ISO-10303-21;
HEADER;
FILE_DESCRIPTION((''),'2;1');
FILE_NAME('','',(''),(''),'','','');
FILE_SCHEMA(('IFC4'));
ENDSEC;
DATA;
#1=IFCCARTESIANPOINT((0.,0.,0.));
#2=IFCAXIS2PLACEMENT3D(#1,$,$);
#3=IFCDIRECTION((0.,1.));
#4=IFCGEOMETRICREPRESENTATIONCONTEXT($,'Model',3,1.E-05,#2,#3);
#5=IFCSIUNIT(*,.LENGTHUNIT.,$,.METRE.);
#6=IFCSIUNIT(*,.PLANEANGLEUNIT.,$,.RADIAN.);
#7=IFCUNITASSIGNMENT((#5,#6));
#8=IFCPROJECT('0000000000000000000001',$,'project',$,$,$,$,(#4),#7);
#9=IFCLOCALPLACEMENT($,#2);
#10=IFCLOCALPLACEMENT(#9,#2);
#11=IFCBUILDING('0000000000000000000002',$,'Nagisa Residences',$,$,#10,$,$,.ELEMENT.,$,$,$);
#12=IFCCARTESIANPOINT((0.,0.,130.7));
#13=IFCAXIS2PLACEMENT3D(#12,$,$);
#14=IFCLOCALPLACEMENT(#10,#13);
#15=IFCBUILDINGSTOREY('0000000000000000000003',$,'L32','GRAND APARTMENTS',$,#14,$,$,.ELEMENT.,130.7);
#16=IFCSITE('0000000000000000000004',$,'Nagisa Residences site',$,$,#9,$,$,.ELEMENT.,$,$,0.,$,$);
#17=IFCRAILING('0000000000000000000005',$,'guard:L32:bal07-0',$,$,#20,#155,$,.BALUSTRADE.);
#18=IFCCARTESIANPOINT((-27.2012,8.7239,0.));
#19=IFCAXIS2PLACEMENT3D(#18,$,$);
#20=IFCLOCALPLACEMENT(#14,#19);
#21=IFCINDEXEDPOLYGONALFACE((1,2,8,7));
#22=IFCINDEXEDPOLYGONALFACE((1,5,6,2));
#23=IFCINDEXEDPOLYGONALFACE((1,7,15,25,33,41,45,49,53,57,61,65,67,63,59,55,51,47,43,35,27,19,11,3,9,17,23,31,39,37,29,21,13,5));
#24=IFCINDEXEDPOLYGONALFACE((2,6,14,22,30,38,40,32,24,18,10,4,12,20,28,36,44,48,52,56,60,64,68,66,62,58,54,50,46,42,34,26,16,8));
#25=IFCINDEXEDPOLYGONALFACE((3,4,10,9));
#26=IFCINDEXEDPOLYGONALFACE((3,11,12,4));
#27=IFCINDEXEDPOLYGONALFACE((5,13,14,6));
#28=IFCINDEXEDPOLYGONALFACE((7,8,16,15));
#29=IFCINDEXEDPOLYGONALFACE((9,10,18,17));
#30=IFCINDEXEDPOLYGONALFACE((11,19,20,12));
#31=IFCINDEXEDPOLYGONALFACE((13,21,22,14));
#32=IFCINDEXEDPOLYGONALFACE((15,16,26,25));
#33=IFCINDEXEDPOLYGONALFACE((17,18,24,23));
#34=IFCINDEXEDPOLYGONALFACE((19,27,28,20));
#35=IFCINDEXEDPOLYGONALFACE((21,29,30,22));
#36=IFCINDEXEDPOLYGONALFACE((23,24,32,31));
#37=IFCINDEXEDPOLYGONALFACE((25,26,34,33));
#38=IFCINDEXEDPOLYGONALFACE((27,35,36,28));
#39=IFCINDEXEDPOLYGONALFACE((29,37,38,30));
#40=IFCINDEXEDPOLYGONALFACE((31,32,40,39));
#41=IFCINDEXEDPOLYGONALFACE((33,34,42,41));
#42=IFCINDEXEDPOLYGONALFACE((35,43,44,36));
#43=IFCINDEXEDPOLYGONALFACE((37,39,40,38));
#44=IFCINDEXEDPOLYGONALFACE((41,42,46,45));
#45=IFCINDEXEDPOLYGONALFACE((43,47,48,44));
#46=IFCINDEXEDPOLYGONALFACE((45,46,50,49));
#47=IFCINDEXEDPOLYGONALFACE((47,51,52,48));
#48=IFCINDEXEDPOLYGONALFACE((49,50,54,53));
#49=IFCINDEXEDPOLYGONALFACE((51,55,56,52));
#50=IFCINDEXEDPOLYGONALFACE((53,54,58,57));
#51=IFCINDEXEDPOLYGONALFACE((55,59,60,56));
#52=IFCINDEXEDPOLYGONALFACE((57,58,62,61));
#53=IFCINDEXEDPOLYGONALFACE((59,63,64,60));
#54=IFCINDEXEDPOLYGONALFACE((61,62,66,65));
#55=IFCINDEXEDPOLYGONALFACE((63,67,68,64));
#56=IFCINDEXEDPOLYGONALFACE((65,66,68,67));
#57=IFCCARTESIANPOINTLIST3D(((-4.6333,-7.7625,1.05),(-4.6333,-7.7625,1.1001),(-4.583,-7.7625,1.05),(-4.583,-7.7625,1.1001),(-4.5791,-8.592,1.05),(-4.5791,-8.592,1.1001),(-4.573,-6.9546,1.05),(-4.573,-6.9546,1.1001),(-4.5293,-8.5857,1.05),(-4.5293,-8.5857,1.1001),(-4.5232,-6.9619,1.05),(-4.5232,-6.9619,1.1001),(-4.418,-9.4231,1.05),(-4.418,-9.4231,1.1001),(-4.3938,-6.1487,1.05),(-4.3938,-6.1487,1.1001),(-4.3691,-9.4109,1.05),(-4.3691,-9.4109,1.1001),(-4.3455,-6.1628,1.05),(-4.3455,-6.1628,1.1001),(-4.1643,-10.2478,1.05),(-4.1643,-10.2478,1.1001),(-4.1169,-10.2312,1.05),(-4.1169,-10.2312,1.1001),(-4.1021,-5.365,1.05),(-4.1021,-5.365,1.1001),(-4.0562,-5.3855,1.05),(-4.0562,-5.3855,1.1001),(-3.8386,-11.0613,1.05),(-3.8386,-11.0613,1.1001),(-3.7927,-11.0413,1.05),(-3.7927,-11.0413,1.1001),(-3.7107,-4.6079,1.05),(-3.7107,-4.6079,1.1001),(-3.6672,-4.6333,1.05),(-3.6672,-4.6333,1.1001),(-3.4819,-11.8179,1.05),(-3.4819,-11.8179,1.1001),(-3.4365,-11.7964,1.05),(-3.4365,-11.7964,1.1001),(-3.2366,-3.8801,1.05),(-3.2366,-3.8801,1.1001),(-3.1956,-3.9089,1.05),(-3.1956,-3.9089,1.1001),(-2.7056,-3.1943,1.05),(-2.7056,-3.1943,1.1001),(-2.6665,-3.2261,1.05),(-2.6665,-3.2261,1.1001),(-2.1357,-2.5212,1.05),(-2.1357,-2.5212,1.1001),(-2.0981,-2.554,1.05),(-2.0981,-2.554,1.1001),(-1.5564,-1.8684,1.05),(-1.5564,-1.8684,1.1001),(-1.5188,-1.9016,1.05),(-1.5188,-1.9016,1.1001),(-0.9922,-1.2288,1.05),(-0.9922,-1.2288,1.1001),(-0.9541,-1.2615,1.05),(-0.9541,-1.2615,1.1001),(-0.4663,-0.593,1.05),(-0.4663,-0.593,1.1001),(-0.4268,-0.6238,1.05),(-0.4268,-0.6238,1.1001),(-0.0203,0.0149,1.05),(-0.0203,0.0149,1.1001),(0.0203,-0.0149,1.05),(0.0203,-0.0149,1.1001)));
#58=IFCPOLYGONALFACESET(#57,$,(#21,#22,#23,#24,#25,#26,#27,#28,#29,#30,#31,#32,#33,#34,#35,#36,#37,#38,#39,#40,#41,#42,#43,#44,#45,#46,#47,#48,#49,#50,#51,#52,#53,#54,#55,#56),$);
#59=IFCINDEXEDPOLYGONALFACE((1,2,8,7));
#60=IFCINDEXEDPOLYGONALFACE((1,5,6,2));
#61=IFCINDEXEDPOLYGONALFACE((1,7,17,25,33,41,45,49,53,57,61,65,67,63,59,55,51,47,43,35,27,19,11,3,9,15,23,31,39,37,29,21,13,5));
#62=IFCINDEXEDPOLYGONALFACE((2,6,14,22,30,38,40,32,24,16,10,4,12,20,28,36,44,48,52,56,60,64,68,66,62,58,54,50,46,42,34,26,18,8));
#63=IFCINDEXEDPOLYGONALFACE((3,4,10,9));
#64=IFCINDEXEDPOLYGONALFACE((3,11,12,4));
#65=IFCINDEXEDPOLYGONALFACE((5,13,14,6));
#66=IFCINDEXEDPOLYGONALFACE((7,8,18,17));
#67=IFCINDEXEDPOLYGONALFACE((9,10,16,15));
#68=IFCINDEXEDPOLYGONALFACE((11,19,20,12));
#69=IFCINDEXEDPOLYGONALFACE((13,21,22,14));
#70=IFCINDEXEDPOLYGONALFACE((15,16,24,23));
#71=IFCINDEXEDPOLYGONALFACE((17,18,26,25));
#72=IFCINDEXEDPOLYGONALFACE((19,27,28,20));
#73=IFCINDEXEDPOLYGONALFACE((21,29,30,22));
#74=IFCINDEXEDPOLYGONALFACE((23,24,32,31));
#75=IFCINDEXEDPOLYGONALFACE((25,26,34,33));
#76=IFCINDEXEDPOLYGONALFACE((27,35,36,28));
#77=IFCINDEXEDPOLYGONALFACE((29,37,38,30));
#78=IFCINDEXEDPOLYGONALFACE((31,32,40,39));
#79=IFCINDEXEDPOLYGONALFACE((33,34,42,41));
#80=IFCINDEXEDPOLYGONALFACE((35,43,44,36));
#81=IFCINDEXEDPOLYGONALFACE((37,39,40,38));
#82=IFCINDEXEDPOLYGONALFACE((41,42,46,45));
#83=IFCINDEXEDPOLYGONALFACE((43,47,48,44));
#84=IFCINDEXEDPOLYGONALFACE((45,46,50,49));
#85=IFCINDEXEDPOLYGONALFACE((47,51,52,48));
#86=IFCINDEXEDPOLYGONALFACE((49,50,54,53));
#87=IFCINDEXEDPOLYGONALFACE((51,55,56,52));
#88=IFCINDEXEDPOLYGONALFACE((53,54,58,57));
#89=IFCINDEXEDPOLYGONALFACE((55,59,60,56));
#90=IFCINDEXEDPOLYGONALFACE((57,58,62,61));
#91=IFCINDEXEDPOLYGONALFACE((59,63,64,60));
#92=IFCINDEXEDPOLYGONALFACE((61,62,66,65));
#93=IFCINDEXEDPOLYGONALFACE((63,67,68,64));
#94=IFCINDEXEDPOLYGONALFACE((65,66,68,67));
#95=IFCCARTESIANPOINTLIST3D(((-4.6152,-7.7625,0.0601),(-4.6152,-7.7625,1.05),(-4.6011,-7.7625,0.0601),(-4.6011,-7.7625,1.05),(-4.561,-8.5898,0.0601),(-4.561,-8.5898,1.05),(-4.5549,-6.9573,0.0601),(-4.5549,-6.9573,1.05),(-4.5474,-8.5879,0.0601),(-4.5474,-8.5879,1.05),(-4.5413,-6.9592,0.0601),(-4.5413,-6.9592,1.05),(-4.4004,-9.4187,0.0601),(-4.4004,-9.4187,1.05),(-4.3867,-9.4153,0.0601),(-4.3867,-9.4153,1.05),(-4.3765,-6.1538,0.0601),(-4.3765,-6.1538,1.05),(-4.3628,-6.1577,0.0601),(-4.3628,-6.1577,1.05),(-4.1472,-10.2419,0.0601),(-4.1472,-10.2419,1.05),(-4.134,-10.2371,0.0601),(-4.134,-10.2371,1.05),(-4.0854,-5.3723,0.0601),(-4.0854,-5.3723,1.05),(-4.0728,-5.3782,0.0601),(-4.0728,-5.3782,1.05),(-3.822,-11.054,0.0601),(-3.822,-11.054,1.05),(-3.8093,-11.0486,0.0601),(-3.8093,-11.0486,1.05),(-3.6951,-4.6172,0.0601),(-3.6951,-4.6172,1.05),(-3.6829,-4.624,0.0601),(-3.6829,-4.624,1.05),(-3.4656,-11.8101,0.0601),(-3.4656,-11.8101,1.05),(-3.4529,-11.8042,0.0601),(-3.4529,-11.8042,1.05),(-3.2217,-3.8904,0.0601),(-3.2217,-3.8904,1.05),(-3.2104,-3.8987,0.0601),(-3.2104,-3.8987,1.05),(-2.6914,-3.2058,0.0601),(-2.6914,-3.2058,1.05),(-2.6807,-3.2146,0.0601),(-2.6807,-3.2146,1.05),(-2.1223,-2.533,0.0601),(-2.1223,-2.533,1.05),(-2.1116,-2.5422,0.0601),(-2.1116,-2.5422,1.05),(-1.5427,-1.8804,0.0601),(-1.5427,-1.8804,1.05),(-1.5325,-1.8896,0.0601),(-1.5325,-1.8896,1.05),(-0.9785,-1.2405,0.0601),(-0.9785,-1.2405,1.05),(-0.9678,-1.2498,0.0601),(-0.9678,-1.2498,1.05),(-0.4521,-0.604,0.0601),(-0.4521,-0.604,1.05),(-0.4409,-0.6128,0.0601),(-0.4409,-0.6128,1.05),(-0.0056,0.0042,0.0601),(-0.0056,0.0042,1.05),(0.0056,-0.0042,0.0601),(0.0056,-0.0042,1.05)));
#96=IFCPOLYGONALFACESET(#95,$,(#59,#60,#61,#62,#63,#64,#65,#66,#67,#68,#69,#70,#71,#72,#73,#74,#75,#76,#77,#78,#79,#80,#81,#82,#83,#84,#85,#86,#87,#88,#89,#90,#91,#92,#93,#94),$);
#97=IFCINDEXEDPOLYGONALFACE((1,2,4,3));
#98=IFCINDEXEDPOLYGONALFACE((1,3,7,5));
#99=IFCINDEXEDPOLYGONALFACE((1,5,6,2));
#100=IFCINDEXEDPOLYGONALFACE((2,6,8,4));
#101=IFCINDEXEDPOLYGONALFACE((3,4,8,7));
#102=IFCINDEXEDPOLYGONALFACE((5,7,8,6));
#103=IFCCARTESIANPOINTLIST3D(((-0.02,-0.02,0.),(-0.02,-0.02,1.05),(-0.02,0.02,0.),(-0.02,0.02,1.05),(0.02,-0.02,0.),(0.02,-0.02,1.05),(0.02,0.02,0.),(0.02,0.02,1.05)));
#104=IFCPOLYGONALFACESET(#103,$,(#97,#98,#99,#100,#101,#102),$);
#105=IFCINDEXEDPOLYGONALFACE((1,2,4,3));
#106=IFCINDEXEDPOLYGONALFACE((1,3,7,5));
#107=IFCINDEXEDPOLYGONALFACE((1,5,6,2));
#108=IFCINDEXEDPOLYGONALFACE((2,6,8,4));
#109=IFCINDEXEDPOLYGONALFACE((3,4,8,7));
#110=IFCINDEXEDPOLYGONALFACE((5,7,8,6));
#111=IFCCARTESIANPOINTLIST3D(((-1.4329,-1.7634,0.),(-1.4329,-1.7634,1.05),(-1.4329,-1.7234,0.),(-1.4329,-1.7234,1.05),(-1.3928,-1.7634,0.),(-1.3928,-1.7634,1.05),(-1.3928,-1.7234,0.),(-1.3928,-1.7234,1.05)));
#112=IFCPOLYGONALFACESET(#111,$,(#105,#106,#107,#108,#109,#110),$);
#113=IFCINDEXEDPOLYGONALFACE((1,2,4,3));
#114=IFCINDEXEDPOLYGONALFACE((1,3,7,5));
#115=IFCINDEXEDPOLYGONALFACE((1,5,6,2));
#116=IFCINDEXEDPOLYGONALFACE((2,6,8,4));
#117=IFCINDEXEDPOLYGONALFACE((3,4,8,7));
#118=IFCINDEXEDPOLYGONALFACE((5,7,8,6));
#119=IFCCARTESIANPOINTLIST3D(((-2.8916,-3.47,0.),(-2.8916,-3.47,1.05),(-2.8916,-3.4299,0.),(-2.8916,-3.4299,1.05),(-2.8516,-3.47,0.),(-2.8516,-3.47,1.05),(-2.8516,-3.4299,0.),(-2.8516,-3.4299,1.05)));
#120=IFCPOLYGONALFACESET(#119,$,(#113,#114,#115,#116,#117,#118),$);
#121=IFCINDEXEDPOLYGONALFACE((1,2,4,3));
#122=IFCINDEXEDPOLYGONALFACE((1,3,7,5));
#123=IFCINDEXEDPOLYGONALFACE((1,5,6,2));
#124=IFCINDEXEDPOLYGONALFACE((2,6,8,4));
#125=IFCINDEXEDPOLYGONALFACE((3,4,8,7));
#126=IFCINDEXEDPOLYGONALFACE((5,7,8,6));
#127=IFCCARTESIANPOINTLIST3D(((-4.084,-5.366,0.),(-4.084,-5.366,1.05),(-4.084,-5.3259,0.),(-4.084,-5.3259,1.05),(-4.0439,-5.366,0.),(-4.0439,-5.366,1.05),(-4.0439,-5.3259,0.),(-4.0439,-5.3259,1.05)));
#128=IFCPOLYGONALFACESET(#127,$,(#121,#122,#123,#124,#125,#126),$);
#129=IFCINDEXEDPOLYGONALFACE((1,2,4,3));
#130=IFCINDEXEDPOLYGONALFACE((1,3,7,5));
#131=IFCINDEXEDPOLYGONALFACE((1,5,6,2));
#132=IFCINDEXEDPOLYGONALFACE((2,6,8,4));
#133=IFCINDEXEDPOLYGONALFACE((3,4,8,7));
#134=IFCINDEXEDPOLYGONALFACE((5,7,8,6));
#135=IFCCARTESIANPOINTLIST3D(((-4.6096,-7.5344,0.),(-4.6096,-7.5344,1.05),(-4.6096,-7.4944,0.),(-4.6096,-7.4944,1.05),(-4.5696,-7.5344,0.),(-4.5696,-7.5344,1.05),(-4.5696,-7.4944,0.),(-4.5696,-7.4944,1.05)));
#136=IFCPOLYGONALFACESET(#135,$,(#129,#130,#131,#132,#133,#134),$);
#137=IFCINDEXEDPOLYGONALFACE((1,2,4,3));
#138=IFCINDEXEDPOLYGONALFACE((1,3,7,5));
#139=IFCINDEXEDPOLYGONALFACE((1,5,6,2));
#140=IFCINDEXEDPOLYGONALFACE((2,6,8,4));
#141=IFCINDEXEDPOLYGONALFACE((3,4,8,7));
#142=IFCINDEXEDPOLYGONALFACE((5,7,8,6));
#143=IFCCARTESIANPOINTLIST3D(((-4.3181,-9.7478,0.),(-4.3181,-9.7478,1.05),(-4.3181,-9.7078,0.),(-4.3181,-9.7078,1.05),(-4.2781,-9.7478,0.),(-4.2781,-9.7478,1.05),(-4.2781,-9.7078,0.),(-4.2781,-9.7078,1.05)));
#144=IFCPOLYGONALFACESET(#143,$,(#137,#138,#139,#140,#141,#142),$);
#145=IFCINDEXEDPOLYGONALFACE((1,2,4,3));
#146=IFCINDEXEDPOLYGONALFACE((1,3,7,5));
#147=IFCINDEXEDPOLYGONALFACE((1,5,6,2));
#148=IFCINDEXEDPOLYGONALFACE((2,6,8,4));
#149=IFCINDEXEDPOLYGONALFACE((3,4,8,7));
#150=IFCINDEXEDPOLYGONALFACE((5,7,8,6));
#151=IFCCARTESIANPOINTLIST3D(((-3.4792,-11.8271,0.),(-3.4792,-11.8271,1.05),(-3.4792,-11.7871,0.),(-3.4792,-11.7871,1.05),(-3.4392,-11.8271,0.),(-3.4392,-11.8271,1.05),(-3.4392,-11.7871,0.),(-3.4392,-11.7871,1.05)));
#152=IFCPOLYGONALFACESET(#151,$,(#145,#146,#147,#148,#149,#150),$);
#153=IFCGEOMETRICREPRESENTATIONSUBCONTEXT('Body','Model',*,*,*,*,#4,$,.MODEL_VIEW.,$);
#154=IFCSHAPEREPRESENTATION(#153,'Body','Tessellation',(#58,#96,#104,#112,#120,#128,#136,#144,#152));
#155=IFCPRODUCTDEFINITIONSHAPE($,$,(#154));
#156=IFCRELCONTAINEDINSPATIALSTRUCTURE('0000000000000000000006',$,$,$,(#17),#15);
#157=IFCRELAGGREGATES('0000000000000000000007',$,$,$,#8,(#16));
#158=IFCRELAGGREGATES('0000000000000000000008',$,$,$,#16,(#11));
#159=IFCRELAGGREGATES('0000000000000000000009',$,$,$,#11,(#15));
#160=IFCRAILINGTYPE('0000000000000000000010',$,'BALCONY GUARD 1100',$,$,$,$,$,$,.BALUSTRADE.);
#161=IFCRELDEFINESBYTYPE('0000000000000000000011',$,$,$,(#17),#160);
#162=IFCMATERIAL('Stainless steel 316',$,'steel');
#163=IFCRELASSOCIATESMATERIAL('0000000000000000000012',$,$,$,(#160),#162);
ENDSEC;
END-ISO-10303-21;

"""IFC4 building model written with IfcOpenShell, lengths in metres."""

from ifc_helpers import new_model, si_unit, direction, frame, origin, origin_2d, place, context, subcontext, project, spatial, polyline, rectangle, outline, extrude, material, type_object, element, save


model = new_model("IFC4")

# Units and contexts
model_context = context("Model", 3, precision=1e-05, world=origin(), true_north=direction((0.0, 1.0)))
body_context = subcontext(model_context, "Body", "Model", "MODEL_VIEW")
ifc_project = project(units=[si_unit("LENGTHUNIT", "METRE"), si_unit("PLANEANGLEUNIT", "RADIAN")], contexts=[model_context])

# Site, building, storey
site_placement = place(None, origin())
site = spatial("IfcSite", under=ifc_project, at=site_placement, Name="Nagisa Residences site", CompositionType="ELEMENT", RefElevation=0.0)
building_placement = place(site_placement, origin())
building = spatial("IfcBuilding", under=site, at=building_placement, Name="Nagisa Residences", CompositionType="ELEMENT")
storey_placement = place(building_placement, frame((0.0, 0.0, 130.7)))
storey = spatial("IfcBuildingStorey", under=building, at=storey_placement, Name="L32", Description="GRAND APARTMENTS", CompositionType="ELEMENT", Elevation=130.7)

# Railing
ifc_material_1 = material(Name="Stainless steel 316", Category="steel")
railing_type = type_object("IfcRailingType", Name="BALCONY GUARD 1100", PredefinedType="BALUSTRADE", material=ifc_material_1)
railing_placement = place(storey_placement, frame((-27.2012, 8.7239, 0.0)))
element("IfcRailing", 1, at=railing_placement, inside=storey, type_object=railing_type, Name="guard:L32:bal07-0", PredefinedType="BALUSTRADE", context=body_context, shape_type="SweptSolid", body=[
    extrude(outline(polyline([(-0.4268, -0.6238), (0.0203, -0.0149), (-0.0203, 0.0149), (-0.4663, -0.593), (-0.9922, -1.2288), (-1.5564, -1.8684), (-2.1357, -2.5212), (-2.7056, -3.1943), (-3.2366, -3.8801), (-3.7107, -4.6079), (-4.1021, -5.365), (-4.3938, -6.1487), (-4.573, -6.9546), (-4.6333, -7.7625), (-4.5791, -8.592), (-4.418, -9.4231), (-4.1643, -10.2478), (-3.8386, -11.0613), (-3.4819, -11.8179), (-3.4365, -11.7964), (-3.7927, -11.0413), (-4.1169, -10.2312), (-4.3691, -9.4109), (-4.5293, -8.5857), (-4.583, -7.7625), (-4.5232, -6.9619), (-4.3455, -6.1628), (-4.0562, -5.3855), (-3.6672, -4.6333), (-3.1956, -3.9089), (-2.6665, -3.2261), (-2.0981, -2.554), (-1.5188, -1.9016), (-0.9541, -1.2615), (-0.4268, -0.6238)])), frame((0.0, 0.0, 1.05)), (0.0, 0.0, 1.0), 0.05),
    extrude(outline(polyline([(-0.4409, -0.6128), (0.0056, -0.0042), (-0.0056, 0.0042), (-0.4521, -0.604), (-0.9785, -1.2405), (-1.5427, -1.8804), (-2.1223, -2.533), (-2.6914, -3.2058), (-3.2217, -3.8904), (-3.6951, -4.6172), (-4.0854, -5.3723), (-4.3765, -6.1538), (-4.5549, -6.9573), (-4.6152, -7.7625), (-4.561, -8.5898), (-4.4004, -9.4187), (-4.1472, -10.2419), (-3.822, -11.054), (-3.4656, -11.8101), (-3.4529, -11.8042), (-3.8093, -11.0486), (-4.134, -10.2371), (-4.3867, -9.4153), (-4.5474, -8.5879), (-4.6011, -7.7625), (-4.5413, -6.9592), (-4.3628, -6.1577), (-4.0728, -5.3782), (-3.6829, -4.624), (-3.2104, -3.8987), (-2.6807, -3.2146), (-2.1116, -2.5422), (-1.5325, -1.8896), (-0.9678, -1.2498), (-0.4409, -0.6128)])), frame((0.0, 0.0, 0.0601)), (0.0, 0.0, 1.0), 0.99),
    extrude(rectangle(XDim=0.04, YDim=0.04, at=origin_2d()), origin(), (0.0, 0.0, 1.0), 1.05),
    extrude(rectangle(XDim=0.04, YDim=0.04, at=origin_2d()), frame((-1.4128, -1.7434, 0.0)), (0.0, 0.0, 1.0), 1.05),
    extrude(rectangle(XDim=0.04, YDim=0.04, at=origin_2d()), frame((-2.8716, -3.45, 0.0)), (0.0, 0.0, 1.0), 1.05),
    extrude(rectangle(XDim=0.04, YDim=0.04, at=origin_2d()), frame((-4.064, -5.3459, 0.0)), (0.0, 0.0, 1.0), 1.05),
    extrude(rectangle(XDim=0.04, YDim=0.04, at=origin_2d()), frame((-4.5896, -7.5144, 0.0)), (0.0, 0.0, 1.0), 1.05),
    extrude(rectangle(XDim=0.04, YDim=0.04, at=origin_2d()), frame((-4.2981, -9.7278, 0.0)), (0.0, 0.0, 1.0), 1.05),
    extrude(rectangle(XDim=0.04, YDim=0.04, at=origin_2d()), frame((-3.4592, -11.8071, 0.0)), (0.0, 0.0, 1.0), 1.05),
])

save(model, "model.ifc")
